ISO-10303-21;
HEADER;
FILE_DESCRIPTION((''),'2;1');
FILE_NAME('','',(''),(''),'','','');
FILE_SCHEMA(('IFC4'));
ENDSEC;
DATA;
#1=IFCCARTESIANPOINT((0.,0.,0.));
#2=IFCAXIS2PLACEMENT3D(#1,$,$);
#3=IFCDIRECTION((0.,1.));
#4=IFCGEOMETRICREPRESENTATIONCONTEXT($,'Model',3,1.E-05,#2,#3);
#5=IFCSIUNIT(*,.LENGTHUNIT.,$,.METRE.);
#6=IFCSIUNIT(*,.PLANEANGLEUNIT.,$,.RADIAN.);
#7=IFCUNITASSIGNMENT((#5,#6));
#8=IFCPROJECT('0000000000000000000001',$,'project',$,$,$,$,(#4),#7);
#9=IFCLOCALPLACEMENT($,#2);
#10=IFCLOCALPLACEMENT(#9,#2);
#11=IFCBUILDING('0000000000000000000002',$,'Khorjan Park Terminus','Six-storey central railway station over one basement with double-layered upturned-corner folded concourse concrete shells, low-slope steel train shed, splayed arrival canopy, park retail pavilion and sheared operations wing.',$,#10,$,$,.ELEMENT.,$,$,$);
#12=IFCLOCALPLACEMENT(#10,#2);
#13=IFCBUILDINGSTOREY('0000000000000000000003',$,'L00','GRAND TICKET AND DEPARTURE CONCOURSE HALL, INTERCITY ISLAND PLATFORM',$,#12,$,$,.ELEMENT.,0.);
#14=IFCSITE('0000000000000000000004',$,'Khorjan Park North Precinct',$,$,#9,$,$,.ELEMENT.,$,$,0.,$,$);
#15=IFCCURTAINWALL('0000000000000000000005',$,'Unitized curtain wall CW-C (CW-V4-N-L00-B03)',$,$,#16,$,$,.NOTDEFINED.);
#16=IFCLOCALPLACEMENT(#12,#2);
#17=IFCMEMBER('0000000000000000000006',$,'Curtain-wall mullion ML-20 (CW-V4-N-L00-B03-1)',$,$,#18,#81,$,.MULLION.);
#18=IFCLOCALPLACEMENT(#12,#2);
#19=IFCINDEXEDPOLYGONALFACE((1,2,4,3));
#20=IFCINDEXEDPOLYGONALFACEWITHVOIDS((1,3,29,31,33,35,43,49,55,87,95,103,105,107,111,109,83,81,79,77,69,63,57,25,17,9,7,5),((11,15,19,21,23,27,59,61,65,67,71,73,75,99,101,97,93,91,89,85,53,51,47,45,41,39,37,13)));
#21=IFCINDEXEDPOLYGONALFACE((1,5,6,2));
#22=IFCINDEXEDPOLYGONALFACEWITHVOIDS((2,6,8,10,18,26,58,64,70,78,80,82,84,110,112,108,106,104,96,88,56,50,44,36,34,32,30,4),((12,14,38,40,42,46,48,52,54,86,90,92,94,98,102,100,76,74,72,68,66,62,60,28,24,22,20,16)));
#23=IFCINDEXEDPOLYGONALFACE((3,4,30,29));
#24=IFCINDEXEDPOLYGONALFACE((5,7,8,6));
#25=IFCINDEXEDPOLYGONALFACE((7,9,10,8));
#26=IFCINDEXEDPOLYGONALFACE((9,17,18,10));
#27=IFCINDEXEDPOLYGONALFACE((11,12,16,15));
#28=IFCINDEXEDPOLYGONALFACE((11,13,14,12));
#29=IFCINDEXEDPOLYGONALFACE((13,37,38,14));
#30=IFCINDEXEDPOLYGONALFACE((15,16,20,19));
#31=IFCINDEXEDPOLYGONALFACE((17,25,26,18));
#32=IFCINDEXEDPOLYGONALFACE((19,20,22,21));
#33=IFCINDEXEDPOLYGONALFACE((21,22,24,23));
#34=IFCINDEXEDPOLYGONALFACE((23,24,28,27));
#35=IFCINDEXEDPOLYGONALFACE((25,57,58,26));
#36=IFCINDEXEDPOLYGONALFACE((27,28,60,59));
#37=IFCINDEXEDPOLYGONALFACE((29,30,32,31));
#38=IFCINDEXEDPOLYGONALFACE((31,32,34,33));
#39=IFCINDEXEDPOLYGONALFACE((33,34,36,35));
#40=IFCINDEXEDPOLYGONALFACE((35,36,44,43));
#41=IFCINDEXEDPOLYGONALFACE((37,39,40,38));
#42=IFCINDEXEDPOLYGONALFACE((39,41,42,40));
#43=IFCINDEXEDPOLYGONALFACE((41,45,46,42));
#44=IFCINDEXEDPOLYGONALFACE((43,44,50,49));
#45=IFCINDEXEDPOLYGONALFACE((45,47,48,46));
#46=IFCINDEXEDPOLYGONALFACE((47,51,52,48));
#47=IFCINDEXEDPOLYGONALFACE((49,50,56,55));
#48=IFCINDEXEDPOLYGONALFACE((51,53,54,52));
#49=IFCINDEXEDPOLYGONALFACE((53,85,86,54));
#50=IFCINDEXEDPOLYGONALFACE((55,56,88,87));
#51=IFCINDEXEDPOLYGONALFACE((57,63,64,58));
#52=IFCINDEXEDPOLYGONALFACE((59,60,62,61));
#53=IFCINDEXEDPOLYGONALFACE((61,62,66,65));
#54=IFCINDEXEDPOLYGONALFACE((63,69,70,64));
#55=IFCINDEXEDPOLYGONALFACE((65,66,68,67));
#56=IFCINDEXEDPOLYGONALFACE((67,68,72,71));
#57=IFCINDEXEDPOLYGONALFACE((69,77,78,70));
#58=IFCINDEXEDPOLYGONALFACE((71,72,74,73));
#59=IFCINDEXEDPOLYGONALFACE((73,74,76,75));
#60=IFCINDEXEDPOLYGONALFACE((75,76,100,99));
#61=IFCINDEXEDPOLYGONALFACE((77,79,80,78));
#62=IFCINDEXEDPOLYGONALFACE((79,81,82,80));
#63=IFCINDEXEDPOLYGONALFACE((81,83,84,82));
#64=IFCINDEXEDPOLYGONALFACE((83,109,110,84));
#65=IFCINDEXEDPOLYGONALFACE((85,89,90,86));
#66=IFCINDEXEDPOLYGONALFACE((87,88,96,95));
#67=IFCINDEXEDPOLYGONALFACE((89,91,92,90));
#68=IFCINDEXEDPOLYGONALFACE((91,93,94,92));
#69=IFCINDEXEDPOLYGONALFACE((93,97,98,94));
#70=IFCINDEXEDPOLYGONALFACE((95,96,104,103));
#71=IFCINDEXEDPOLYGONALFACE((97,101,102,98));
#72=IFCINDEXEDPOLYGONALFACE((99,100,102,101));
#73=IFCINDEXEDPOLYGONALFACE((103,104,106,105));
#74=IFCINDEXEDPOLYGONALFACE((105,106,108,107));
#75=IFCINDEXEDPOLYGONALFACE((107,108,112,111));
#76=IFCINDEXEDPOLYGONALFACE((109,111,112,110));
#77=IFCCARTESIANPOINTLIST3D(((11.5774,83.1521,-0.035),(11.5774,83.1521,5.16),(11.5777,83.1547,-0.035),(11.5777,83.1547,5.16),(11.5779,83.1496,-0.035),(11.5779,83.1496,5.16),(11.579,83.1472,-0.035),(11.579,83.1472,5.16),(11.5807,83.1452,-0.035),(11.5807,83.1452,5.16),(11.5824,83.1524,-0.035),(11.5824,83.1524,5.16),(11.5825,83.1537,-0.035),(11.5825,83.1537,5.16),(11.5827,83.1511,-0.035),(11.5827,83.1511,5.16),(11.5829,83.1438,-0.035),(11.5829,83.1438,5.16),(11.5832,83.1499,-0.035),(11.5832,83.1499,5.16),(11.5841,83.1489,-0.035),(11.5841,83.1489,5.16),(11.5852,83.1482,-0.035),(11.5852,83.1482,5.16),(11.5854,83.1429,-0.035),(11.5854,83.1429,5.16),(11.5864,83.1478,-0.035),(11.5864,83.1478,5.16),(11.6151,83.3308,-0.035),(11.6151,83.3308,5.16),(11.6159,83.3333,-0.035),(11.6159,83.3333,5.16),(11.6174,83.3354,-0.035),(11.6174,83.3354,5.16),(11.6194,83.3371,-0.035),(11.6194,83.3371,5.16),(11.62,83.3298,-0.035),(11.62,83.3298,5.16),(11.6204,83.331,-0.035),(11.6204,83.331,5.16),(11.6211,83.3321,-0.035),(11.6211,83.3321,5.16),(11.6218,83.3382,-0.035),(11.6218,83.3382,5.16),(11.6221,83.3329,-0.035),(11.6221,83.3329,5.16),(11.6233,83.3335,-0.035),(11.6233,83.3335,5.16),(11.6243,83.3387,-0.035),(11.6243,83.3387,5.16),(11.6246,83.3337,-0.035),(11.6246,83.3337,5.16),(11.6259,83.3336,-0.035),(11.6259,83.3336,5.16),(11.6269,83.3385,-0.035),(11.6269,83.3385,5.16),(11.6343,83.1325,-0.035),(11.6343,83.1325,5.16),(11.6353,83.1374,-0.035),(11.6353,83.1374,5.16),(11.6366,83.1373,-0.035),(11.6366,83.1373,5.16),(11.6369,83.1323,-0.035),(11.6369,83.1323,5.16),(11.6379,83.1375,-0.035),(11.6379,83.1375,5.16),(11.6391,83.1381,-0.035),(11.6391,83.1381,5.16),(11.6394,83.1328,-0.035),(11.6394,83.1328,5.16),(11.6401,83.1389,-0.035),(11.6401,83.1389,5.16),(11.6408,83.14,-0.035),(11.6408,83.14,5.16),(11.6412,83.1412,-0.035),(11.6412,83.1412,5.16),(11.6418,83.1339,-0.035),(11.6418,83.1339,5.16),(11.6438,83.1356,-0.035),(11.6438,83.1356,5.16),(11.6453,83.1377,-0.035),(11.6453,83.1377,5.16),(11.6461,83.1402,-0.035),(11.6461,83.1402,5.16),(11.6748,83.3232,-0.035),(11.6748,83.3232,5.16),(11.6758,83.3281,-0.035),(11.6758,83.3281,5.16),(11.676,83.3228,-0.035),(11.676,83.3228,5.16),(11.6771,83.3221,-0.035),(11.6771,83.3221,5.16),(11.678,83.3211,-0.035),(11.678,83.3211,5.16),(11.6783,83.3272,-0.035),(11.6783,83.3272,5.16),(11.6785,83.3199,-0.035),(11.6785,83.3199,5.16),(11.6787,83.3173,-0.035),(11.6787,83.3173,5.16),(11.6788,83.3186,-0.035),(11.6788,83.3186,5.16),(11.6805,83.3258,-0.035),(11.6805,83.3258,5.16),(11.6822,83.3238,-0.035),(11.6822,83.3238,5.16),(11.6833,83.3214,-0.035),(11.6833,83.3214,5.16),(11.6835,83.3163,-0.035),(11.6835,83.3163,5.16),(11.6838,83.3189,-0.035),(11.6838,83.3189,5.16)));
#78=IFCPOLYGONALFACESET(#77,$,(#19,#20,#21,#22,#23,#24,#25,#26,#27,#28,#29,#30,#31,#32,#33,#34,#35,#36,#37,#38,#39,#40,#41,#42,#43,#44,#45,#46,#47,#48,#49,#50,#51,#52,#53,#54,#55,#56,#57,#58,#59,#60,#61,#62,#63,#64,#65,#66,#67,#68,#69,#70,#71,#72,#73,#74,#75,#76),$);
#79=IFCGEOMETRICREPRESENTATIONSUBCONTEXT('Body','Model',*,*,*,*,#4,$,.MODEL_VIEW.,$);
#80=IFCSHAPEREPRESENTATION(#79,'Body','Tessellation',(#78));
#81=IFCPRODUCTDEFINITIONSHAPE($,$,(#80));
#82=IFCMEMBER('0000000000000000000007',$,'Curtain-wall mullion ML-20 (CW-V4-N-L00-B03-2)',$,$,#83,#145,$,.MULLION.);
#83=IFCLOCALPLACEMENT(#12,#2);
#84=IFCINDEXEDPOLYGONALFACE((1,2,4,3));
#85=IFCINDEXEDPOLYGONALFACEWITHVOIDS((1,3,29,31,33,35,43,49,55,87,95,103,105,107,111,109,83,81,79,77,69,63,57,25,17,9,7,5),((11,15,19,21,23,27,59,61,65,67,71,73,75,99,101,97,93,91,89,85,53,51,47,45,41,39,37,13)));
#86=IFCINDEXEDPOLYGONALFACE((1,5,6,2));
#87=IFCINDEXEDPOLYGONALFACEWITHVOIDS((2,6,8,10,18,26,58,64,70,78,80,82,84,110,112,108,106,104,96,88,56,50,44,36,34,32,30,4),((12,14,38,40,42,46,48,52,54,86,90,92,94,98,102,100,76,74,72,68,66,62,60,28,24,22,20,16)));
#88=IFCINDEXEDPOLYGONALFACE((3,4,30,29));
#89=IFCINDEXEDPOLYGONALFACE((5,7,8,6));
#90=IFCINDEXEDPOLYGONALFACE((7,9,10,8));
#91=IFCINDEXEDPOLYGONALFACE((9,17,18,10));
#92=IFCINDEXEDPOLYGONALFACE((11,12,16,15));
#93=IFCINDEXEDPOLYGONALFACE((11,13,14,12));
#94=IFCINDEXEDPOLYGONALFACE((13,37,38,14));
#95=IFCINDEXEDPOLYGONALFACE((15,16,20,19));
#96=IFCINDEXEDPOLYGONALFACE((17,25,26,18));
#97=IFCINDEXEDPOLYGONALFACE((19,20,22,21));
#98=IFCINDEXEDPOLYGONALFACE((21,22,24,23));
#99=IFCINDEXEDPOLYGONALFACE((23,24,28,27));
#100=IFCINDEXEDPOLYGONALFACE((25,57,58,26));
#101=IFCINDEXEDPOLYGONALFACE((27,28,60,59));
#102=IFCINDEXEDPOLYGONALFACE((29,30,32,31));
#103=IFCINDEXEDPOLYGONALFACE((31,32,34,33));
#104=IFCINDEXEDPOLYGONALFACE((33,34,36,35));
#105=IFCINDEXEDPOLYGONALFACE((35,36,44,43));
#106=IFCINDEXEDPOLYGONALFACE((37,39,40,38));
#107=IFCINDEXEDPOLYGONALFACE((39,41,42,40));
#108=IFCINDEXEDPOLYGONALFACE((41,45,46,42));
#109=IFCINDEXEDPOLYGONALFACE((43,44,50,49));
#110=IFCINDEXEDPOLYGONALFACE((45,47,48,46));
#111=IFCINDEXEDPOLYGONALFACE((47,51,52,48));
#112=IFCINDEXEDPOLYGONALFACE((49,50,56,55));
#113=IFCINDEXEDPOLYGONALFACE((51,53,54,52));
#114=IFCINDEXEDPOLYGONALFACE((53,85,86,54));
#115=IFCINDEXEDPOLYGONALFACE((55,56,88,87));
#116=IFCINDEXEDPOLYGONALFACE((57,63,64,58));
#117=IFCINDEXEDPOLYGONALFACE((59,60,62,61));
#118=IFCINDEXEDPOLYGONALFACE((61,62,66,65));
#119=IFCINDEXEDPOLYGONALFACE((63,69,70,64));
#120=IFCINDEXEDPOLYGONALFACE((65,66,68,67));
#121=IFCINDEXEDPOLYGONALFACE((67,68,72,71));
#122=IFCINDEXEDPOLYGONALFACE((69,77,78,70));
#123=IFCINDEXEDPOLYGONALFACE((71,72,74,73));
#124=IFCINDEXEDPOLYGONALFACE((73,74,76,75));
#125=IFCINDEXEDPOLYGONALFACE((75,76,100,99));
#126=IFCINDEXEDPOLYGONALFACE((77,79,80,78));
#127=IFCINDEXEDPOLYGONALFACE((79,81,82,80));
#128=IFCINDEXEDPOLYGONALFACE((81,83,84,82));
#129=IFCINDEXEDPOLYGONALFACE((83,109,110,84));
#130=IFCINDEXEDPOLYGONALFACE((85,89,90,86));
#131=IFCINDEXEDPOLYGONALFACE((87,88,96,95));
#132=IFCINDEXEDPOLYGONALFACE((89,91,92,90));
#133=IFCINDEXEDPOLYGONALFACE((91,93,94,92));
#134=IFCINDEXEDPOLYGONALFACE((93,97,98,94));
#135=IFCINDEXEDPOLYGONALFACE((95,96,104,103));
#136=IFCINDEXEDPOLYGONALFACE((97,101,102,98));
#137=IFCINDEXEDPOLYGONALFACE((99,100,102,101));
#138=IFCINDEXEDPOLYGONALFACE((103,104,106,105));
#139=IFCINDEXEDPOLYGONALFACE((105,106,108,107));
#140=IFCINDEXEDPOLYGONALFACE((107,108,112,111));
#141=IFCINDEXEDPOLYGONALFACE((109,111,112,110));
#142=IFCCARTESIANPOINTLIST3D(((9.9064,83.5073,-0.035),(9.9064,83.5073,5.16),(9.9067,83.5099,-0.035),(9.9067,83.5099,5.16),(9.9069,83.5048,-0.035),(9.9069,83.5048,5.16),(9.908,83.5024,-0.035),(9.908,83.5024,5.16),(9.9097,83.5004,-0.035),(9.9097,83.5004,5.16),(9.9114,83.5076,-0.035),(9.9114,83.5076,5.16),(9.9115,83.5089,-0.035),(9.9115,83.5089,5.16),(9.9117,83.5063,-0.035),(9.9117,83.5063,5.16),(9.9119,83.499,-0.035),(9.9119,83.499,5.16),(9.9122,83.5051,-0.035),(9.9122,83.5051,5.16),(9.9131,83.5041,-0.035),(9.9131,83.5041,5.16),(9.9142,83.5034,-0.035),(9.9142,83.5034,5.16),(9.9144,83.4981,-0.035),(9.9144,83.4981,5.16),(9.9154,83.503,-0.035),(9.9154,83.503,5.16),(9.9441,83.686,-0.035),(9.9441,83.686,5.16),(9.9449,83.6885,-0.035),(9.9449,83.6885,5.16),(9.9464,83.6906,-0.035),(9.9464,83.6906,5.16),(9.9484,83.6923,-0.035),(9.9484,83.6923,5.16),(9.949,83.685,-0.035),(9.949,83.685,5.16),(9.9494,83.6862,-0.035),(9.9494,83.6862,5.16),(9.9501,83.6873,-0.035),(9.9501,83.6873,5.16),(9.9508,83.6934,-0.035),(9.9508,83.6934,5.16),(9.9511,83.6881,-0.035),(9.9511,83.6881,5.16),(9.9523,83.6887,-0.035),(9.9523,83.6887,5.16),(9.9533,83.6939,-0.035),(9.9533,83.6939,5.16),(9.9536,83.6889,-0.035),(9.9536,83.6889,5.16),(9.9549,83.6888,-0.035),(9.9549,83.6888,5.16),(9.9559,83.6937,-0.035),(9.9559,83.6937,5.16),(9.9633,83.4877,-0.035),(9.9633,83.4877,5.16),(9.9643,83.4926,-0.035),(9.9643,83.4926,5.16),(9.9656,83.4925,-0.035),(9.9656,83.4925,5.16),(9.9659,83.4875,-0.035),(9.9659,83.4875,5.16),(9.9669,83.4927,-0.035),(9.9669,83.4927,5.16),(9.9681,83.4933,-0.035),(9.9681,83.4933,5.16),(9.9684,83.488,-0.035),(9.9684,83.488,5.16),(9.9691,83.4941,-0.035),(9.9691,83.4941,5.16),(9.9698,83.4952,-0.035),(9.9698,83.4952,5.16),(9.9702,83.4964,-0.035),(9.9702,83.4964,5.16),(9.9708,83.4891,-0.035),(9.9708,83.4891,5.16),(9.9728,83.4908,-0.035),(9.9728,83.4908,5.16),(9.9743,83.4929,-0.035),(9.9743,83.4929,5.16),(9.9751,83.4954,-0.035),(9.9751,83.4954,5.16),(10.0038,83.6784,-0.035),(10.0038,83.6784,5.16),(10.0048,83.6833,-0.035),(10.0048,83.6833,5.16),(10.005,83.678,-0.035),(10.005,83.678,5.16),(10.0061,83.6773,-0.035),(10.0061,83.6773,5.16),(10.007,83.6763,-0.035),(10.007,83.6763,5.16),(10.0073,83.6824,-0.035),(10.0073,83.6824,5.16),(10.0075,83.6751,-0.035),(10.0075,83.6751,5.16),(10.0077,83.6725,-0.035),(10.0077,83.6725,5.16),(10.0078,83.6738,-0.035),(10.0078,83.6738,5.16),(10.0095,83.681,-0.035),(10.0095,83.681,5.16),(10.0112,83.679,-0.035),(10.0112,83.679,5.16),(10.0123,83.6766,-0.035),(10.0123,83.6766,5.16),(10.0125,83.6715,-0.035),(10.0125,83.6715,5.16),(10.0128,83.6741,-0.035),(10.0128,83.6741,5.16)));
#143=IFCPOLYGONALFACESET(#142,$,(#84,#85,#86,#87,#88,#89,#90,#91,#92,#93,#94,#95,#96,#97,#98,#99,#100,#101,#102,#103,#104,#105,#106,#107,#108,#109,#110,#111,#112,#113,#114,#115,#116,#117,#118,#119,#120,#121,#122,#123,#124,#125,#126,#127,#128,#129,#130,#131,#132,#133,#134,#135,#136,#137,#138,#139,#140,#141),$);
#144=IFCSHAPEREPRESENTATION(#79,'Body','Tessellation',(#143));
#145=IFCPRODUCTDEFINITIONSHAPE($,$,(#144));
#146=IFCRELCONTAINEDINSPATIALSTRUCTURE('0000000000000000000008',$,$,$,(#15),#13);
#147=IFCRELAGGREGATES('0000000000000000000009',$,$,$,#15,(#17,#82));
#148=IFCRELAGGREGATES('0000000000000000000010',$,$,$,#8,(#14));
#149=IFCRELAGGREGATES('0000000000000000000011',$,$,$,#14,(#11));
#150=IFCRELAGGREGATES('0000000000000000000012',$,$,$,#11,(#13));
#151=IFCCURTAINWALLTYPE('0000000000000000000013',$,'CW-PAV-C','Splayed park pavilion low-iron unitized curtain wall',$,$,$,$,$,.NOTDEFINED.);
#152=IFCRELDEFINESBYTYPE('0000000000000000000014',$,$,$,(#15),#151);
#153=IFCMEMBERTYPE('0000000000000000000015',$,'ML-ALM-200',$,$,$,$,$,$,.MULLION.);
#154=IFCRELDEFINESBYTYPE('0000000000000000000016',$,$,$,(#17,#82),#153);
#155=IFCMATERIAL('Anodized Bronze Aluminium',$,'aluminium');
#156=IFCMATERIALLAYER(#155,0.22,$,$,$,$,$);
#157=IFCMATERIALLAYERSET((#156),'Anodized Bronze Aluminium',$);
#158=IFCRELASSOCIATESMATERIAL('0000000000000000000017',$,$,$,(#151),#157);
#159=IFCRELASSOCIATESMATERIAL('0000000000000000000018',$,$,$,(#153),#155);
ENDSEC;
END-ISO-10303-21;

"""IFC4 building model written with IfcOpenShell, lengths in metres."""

from ifc_helpers import new_model, si_unit, direction, frame, origin, origin_2d, place, context, subcontext, project, spatial, hollow_rectangle, extrude, material, layer, layer_set, material_profile, profile_set, type_object, element, aggregate, save


model = new_model("IFC4")

# Units and contexts
model_context = context("Model", 3, precision=1e-05, world=origin(), true_north=direction((0.0, 1.0)))
body_context = subcontext(model_context, "Body", "Model", "MODEL_VIEW")
ifc_project = project(units=[si_unit("LENGTHUNIT", "METRE"), si_unit("PLANEANGLEUNIT", "RADIAN")], contexts=[model_context])

# Site, building, storey
site_placement = place(None, origin())
site = spatial("IfcSite", under=ifc_project, at=site_placement, Name="Khorjan Park North Precinct", CompositionType="ELEMENT", RefElevation=0.0)
building_placement = place(site_placement, origin())
building = spatial("IfcBuilding", under=site, at=building_placement, Name="Khorjan Park Terminus", Description="Six-storey central railway station over one basement with double-layered upturned-corner folded concourse concrete shells, low-slope steel train shed, splayed arrival canopy, park retail pavilion and sheared operations wing.", CompositionType="ELEMENT")
storey_placement = place(building_placement, origin())
storey = spatial("IfcBuildingStorey", under=building, at=storey_placement, Name="L00", Description="GRAND TICKET AND DEPARTURE CONCOURSE HALL, INTERCITY ISLAND PLATFORM", CompositionType="ELEMENT", Elevation=0.0)

# Curtain wall, members
ifc_material_1 = material(Name="Anodized Bronze Aluminium", Category="aluminium")
ifc_layer_1 = layer(ifc_material_1, 0.22)
ifc_layer_set_1 = layer_set([ifc_layer_1], Name="Anodized Bronze Aluminium")
curtain_wall_type = type_object("IfcCurtainWallType", Name="CW-PAV-C", Description="Splayed park pavilion low-iron unitized curtain wall", PredefinedType="NOTDEFINED", material=ifc_layer_set_1)
curtain_wall_placement = place(storey_placement, origin())
curtain_wall = element("IfcCurtainWall", 1, at=curtain_wall_placement, inside=storey, type_object=curtain_wall_type, Name="Unitized curtain wall CW-C (CW-V4-N-L00-B03)", PredefinedType="NOTDEFINED")
ifc_material_profile_1 = material_profile(ifc_material_1, hollow_rectangle(XDim=0.07, YDim=0.2, WallThickness=0.005, InnerFilletRadius=0.005, OuterFilletRadius=0.01, at=origin_2d()), Name="ALM 70x200x5")
ifc_profile_set_1 = profile_set([ifc_material_profile_1], Name="Anodized Bronze Aluminium")
member_type_1 = type_object("IfcMemberType", Name="ML-ALM-200", PredefinedType="MULLION", material=ifc_profile_set_1)
member_1_placement = place(storey_placement, frame((11.6306, 83.2355, -0.035), z_axis=(0.0, 0.0, 1.0), x_axis=(-0.978147, 0.207914, 0.0)))
member_1 = element("IfcMember", 2, at=member_1_placement, type_object=member_type_1, Name="Curtain-wall mullion ML-20 (CW-V4-N-L00-B03-1)", PredefinedType="MULLION", context=body_context, shape_type="SweptSolid", body=[
    extrude(hollow_rectangle(XDim=0.07, YDim=0.2, WallThickness=0.005, InnerFilletRadius=0.005, OuterFilletRadius=0.01, at=origin_2d()), origin(), (0.0, 0.0, 1.0), 5.195),
])
member_2_placement = place(storey_placement, frame((9.9596, 83.5907, -0.035), z_axis=(0.0, 0.0, 1.0), x_axis=(-0.978147, 0.207914, 0.0)))
member_2 = element("IfcMember", 3, at=member_2_placement, type_object=member_type_1, Name="Curtain-wall mullion ML-20 (CW-V4-N-L00-B03-2)", PredefinedType="MULLION", context=body_context, shape_type="SweptSolid", body=[
    extrude(hollow_rectangle(XDim=0.07, YDim=0.2, WallThickness=0.005, InnerFilletRadius=0.005, OuterFilletRadius=0.01, at=origin_2d()), origin(), (0.0, 0.0, 1.0), 5.195),
])
aggregate(curtain_wall, [member_1, member_2])

save(model, "model.ifc")
